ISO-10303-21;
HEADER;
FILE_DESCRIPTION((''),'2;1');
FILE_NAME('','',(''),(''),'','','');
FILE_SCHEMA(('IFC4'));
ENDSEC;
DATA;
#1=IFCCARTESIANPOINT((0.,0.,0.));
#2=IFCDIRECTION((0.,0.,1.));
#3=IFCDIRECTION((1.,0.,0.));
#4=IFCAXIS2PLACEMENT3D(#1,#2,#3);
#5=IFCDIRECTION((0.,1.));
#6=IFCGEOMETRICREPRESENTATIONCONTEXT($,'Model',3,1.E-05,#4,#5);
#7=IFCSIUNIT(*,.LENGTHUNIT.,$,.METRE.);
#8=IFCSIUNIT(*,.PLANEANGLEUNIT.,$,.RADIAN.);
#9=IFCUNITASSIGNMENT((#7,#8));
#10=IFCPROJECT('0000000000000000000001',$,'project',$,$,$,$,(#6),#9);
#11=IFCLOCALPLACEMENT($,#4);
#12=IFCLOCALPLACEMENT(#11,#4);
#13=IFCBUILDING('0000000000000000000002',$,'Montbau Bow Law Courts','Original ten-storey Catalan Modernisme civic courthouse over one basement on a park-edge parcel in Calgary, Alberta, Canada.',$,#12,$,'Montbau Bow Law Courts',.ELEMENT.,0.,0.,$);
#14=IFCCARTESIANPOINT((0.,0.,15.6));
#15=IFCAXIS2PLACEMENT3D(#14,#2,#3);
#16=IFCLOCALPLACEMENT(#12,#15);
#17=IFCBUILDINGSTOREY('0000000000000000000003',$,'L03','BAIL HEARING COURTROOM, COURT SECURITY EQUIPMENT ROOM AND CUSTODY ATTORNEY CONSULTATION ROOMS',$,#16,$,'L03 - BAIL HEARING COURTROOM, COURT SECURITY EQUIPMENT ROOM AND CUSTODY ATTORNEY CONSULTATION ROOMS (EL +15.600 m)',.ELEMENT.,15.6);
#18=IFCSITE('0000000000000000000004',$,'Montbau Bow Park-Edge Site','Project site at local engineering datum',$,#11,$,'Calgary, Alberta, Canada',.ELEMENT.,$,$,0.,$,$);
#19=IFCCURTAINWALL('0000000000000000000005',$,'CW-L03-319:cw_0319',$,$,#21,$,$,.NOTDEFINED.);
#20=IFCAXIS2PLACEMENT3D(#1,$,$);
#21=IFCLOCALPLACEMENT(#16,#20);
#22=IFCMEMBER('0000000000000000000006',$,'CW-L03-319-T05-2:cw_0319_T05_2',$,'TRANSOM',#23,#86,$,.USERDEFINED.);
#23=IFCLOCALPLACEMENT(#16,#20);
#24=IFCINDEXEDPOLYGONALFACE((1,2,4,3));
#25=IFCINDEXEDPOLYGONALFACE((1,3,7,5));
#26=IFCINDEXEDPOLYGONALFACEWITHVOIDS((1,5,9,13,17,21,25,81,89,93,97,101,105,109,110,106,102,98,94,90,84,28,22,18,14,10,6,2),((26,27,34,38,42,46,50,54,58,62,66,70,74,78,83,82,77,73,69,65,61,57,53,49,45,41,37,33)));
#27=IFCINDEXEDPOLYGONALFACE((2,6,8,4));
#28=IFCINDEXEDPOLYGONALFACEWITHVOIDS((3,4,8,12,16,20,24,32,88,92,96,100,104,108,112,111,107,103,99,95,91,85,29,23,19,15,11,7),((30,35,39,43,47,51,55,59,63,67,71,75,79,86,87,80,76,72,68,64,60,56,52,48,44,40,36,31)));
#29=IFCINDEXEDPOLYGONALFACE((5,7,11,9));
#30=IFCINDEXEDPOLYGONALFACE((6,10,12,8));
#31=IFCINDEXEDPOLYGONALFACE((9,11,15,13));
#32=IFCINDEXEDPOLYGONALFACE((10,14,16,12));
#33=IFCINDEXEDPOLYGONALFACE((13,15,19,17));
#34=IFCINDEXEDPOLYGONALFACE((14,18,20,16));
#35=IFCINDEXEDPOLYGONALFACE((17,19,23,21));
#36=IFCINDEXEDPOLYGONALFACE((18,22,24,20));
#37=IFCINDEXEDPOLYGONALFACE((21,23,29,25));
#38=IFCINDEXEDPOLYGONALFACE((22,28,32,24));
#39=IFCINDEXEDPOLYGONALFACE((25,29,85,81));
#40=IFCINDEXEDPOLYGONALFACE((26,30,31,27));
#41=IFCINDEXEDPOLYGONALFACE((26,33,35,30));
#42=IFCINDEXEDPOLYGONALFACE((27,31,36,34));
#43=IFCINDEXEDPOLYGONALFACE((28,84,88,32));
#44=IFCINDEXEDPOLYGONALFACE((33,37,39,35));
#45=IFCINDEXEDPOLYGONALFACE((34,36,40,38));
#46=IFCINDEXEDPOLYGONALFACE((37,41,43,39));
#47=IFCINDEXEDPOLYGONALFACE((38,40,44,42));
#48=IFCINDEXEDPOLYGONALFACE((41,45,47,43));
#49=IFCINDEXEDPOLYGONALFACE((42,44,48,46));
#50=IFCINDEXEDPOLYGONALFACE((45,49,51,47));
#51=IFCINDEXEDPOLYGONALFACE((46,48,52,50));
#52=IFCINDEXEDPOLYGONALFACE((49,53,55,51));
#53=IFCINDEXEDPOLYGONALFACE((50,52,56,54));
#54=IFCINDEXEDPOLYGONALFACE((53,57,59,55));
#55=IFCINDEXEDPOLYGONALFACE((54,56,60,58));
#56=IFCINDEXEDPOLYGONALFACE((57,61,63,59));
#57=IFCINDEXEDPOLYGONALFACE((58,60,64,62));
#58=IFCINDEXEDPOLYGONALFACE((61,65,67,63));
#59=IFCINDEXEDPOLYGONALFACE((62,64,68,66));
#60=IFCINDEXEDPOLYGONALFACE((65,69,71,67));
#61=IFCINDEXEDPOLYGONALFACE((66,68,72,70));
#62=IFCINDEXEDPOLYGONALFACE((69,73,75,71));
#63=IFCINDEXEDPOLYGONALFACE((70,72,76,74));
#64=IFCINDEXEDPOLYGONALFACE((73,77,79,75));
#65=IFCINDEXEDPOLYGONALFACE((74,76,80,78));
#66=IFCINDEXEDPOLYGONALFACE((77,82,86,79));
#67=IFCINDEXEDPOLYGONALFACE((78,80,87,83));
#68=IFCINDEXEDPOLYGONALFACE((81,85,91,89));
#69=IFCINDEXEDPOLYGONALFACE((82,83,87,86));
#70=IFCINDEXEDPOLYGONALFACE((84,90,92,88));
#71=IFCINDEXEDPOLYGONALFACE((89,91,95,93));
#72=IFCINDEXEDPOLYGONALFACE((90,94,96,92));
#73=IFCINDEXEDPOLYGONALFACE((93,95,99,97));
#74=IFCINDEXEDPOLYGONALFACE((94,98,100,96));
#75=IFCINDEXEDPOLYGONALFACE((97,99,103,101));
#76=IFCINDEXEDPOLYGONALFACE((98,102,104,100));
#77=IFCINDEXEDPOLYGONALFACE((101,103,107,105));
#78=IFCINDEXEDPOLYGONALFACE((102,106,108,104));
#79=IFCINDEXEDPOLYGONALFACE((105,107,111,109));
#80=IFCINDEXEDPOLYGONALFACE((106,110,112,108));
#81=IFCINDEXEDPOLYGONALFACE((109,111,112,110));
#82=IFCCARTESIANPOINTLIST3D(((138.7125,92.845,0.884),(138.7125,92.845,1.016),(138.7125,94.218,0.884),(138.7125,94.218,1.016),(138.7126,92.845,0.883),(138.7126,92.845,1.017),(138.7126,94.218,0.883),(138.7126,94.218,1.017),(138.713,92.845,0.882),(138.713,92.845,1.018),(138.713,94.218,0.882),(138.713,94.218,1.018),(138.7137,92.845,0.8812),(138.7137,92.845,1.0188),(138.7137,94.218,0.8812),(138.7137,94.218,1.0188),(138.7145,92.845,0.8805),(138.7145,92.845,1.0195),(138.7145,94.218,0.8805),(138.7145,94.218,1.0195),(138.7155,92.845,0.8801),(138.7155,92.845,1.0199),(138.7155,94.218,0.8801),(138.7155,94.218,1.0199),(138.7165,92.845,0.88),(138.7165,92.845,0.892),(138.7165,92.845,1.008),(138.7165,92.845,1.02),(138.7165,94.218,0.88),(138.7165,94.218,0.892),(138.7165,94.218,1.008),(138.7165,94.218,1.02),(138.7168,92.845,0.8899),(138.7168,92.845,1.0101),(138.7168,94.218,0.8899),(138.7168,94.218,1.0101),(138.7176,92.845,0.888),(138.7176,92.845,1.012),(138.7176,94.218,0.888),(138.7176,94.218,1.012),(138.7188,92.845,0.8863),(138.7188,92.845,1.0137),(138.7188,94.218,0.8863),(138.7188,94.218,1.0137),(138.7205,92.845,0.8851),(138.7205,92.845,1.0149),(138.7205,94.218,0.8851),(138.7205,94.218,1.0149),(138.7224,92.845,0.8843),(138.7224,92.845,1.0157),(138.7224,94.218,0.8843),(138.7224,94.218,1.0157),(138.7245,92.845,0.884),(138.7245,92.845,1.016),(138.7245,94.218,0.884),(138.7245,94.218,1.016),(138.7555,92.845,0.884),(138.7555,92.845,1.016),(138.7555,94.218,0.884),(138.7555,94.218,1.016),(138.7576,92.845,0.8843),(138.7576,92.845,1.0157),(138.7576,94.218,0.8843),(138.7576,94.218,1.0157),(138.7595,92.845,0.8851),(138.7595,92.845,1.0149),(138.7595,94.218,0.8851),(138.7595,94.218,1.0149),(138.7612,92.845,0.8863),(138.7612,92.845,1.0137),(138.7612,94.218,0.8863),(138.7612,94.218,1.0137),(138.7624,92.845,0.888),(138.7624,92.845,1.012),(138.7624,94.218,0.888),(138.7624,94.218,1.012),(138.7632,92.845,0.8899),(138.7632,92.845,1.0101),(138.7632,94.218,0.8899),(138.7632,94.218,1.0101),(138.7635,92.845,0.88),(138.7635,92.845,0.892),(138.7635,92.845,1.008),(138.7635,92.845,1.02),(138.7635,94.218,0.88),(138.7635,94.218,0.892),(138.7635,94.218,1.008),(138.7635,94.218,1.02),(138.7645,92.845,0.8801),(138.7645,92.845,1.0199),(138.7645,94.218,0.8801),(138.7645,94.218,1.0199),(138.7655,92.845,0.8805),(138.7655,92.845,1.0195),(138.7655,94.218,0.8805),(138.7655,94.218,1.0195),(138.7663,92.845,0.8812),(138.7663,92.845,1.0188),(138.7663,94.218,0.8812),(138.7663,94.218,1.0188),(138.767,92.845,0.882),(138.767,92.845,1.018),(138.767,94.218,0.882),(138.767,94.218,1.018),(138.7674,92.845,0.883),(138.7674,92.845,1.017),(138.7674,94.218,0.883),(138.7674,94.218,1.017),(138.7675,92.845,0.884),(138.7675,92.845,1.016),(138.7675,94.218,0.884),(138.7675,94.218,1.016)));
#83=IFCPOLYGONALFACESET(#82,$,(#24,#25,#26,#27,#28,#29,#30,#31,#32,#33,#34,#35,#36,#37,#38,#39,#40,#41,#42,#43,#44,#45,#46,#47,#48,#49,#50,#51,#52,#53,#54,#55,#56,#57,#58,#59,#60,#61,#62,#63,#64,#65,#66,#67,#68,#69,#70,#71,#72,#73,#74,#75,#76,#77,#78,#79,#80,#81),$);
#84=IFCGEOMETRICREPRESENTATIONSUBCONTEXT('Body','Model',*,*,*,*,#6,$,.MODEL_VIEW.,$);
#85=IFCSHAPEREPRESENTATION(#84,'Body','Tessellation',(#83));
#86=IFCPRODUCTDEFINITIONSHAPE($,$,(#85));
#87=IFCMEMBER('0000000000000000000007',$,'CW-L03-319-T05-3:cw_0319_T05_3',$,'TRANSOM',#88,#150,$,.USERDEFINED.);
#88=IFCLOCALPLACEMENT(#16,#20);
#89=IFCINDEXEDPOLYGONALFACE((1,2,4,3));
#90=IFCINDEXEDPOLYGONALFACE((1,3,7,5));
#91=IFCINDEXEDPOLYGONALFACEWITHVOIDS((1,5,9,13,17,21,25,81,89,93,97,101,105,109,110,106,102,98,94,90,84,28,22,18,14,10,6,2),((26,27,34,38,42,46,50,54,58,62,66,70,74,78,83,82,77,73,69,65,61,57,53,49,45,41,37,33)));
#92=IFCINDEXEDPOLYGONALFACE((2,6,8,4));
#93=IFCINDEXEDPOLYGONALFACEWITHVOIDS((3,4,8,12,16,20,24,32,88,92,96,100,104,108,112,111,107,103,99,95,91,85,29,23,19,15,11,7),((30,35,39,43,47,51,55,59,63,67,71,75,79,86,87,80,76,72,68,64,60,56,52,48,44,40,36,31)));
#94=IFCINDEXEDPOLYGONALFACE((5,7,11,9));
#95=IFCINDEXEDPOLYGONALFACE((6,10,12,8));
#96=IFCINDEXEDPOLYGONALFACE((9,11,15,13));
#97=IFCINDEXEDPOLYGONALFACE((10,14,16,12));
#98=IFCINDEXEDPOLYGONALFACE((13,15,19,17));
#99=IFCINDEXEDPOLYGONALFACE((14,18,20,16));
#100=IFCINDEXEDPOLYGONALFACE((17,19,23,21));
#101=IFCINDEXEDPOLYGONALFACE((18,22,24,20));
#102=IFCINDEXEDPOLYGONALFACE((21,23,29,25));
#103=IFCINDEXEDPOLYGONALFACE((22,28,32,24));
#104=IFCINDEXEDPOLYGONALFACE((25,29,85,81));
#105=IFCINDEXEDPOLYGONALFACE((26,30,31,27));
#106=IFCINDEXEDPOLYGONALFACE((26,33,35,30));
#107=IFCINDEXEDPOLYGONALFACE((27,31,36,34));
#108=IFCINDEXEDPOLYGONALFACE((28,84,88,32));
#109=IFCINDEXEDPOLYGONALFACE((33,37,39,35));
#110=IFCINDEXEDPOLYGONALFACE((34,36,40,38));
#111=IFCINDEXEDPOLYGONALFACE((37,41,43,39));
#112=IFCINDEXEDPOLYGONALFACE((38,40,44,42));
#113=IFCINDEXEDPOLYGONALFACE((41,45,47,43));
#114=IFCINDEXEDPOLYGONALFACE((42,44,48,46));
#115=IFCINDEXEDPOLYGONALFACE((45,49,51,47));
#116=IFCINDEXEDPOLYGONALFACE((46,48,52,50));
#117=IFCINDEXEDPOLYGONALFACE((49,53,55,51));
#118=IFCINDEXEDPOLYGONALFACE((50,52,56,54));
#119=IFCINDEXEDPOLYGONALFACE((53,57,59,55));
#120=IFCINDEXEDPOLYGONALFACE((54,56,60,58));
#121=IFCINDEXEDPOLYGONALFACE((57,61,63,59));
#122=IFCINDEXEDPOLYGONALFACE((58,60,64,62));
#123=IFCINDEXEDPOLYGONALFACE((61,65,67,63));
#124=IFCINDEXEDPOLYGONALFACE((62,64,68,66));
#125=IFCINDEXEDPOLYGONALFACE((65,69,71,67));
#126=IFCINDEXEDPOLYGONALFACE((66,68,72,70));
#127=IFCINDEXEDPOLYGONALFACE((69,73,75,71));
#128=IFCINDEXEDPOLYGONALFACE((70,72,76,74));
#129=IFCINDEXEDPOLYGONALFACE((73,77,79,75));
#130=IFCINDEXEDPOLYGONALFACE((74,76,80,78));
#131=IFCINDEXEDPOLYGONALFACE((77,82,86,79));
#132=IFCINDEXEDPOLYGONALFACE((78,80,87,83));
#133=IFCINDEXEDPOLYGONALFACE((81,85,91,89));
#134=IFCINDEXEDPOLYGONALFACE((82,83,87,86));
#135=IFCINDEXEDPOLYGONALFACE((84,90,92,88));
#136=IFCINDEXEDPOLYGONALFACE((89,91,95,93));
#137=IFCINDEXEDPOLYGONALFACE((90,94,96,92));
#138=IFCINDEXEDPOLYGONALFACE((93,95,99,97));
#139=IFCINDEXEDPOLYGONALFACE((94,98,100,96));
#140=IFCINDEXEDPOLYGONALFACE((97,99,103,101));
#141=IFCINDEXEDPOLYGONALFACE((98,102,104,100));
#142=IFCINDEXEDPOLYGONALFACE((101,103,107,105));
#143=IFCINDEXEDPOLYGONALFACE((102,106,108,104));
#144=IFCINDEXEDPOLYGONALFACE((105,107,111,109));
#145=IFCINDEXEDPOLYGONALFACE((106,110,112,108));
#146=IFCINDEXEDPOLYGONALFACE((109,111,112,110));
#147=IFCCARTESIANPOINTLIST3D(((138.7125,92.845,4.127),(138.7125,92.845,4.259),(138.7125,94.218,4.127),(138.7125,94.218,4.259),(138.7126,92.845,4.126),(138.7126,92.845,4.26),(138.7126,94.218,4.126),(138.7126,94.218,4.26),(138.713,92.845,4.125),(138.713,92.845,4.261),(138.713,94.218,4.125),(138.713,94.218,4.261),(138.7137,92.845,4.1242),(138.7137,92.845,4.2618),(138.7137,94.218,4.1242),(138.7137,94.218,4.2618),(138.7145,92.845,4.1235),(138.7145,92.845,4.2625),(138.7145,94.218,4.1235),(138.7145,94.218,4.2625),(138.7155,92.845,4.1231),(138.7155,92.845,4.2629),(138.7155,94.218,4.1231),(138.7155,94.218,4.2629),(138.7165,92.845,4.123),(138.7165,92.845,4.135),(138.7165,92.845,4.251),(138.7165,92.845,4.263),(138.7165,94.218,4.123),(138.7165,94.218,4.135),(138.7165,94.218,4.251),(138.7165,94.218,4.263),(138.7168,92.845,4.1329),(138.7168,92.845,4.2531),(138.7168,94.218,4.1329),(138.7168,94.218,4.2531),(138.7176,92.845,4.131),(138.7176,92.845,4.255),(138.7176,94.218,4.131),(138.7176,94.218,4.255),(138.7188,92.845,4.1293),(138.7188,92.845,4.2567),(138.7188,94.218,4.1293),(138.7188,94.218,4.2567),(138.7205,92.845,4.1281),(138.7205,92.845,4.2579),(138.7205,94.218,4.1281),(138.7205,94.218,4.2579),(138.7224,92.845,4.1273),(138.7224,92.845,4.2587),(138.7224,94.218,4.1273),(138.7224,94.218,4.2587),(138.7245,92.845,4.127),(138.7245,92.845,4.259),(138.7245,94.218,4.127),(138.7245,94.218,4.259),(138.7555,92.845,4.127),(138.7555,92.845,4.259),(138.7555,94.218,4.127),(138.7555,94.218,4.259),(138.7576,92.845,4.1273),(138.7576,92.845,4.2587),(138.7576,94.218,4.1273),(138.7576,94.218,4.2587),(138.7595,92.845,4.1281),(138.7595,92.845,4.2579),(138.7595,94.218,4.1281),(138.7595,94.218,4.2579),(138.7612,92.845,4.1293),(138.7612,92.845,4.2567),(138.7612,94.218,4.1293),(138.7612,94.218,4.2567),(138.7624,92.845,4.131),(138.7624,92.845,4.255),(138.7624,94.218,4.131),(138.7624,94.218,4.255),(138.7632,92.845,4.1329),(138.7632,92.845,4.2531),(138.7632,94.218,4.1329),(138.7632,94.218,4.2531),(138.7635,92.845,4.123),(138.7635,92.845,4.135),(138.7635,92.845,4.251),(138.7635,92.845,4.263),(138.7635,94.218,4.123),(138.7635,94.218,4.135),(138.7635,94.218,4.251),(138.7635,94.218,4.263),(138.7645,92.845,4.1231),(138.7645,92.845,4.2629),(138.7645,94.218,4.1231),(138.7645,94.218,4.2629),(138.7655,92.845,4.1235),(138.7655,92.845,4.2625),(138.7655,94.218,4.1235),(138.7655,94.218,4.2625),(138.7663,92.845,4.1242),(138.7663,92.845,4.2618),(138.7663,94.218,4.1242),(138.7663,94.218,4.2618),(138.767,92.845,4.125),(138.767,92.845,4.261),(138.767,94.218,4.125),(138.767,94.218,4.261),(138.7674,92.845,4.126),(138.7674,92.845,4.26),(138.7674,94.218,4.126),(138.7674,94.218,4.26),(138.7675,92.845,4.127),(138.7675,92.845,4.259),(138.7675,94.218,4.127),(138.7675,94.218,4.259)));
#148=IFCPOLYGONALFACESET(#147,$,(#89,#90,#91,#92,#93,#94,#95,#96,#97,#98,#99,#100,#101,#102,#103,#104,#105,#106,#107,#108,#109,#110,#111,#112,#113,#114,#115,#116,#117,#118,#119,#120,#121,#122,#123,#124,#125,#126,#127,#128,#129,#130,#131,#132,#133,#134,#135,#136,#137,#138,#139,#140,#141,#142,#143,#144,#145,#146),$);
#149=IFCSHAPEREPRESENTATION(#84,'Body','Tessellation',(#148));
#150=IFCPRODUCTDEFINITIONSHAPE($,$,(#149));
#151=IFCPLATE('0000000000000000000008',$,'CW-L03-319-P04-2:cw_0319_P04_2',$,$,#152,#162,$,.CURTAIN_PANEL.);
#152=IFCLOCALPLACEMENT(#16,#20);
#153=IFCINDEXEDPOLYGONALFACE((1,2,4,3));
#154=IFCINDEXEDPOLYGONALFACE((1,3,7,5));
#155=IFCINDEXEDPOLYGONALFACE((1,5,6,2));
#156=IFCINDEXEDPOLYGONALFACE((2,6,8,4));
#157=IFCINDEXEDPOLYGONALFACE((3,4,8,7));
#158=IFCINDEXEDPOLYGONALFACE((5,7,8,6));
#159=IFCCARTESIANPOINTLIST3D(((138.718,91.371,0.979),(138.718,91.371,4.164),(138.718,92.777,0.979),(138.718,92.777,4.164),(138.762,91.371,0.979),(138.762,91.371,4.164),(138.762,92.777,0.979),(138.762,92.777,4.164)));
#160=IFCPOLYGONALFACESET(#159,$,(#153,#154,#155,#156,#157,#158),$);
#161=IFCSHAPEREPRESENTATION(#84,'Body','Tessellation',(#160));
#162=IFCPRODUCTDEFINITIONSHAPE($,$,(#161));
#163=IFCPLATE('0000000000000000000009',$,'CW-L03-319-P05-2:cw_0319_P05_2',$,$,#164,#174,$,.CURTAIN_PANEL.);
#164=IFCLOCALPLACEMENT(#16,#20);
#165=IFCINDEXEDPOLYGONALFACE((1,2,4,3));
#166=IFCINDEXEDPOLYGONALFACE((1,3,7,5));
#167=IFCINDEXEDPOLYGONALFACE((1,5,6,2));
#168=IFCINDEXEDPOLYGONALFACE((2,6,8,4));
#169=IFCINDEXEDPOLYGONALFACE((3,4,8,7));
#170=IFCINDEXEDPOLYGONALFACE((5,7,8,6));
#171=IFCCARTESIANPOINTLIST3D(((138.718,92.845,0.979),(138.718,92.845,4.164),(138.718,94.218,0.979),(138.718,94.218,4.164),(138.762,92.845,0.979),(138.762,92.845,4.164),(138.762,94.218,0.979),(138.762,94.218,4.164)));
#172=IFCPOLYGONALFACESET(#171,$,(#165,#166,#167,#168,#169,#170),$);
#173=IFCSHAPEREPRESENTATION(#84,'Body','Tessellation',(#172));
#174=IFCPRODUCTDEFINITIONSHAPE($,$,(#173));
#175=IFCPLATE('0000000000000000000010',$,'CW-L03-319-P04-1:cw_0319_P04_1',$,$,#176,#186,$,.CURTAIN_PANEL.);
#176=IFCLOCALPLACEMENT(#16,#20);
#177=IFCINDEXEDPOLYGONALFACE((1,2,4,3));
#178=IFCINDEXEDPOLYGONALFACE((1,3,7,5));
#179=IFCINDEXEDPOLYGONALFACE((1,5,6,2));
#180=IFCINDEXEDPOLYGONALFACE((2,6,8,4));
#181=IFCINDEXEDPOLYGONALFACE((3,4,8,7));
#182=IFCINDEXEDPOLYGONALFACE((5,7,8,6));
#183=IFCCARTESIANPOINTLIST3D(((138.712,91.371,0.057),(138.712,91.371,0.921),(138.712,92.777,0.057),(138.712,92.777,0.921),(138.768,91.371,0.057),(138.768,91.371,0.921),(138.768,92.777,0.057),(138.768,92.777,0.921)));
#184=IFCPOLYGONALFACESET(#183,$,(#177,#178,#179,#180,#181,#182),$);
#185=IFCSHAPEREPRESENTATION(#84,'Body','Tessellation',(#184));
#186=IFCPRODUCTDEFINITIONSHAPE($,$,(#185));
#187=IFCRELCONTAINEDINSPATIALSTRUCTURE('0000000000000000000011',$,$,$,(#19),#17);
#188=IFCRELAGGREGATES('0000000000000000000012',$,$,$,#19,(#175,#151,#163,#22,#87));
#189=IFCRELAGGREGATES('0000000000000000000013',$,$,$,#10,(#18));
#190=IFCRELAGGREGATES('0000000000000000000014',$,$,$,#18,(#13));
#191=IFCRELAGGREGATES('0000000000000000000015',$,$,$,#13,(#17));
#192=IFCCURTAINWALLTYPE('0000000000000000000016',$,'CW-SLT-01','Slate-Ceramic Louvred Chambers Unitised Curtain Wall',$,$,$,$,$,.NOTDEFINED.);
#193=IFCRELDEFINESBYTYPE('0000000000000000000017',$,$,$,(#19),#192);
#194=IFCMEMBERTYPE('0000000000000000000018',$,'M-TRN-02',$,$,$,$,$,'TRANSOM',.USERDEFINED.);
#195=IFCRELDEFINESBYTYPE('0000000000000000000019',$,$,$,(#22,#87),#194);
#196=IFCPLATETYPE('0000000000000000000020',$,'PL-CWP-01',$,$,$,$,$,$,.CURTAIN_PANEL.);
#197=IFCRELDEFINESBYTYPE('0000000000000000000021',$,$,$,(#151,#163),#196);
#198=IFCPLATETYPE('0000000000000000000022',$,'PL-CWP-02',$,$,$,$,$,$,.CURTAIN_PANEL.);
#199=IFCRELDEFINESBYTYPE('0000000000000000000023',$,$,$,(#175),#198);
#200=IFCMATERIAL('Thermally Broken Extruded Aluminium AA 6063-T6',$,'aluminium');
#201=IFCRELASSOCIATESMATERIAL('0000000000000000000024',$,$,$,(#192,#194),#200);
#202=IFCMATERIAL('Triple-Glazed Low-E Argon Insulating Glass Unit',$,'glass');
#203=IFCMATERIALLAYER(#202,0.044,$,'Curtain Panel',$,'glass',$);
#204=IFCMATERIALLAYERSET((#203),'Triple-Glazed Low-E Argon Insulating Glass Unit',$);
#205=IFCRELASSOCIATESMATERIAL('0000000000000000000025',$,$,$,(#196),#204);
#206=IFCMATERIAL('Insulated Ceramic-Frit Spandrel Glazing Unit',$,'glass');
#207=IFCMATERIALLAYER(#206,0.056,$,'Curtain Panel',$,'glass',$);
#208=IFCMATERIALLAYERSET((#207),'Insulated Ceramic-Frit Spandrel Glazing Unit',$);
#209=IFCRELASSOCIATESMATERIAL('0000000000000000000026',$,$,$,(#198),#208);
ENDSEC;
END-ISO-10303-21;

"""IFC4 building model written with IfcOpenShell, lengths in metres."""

from ifc_helpers import new_model, si_unit, direction, frame, frame_2d, origin_with_axes, origin_2d_with_axis, place, context, subcontext, project, spatial, rectangle, hollow_rectangle, extrude, material, layer, layer_set, material_profile, profile_set, type_object, element, aggregate, save


model = new_model("IFC4")

# Units and contexts
model_context = context("Model", 3, precision=1e-05, world=origin_with_axes(), true_north=direction((0.0, 1.0)))
body_context = subcontext(model_context, "Body", "Model", "MODEL_VIEW")
ifc_project = project(units=[si_unit("LENGTHUNIT", "METRE"), si_unit("PLANEANGLEUNIT", "RADIAN")], contexts=[model_context])

# Site, building, storey
site_placement = place(None, origin_with_axes())
site = spatial("IfcSite", under=ifc_project, at=site_placement, Name="Montbau Bow Park-Edge Site", Description="Project site at local engineering datum", LongName="Calgary, Alberta, Canada", CompositionType="ELEMENT", RefElevation=0.0)
building_placement = place(site_placement, origin_with_axes())
building = spatial("IfcBuilding", under=site, at=building_placement, Name="Montbau Bow Law Courts", Description="Original ten-storey Catalan Modernisme civic courthouse over one basement on a park-edge parcel in Calgary, Alberta, Canada.", LongName="Montbau Bow Law Courts", CompositionType="ELEMENT", ElevationOfRefHeight=0.0, ElevationOfTerrain=0.0)
storey_placement = place(building_placement, frame((0.0, 0.0, 15.6), z_axis=(0.0, 0.0, 1.0), x_axis=(1.0, 0.0, 0.0)))
storey = spatial("IfcBuildingStorey", under=building, at=storey_placement, Name="L03", Description="BAIL HEARING COURTROOM, COURT SECURITY EQUIPMENT ROOM AND CUSTODY ATTORNEY CONSULTATION ROOMS", LongName="L03 - BAIL HEARING COURTROOM, COURT SECURITY EQUIPMENT ROOM AND CUSTODY ATTORNEY CONSULTATION ROOMS (EL +15.600 m)", CompositionType="ELEMENT", Elevation=15.6)

# Curtain wall, members, plates
ifc_material_1 = material(Name="Thermally Broken Extruded Aluminium AA 6063-T6", Category="aluminium")
curtain_wall_type = type_object("IfcCurtainWallType", Name="CW-SLT-01", Description="Slate-Ceramic Louvred Chambers Unitised Curtain Wall", PredefinedType="NOTDEFINED", material=ifc_material_1)
curtain_wall_placement = place(None, frame((138.74, 86.915, 15.6), z_axis=(0.0, 0.0, 1.0), x_axis=(1.0, 0.0, 0.0)))
curtain_wall = element("IfcCurtainWall", 1, at=curtain_wall_placement, inside=storey, type_object=curtain_wall_type, Name="CW-L03-319:cw_0319", PredefinedType="NOTDEFINED")
ifc_material_profile_1 = material_profile(ifc_material_1, hollow_rectangle(XDim=0.055, YDim=0.14, WallThickness=0.004, InnerFilletRadius=0.008, OuterFilletRadius=0.004, at=origin_2d_with_axis()), Name="CWT-140X55", Category="Main", Priority=0)
ifc_profile_set_1 = profile_set([ifc_material_profile_1], Name="Thermally Broken Extruded Aluminium AA 6063-T6")
member_type_1 = type_object("IfcMemberType", Name="M-TRN-02", ElementType="TRANSOM", PredefinedType="USERDEFINED", material=ifc_profile_set_1)
member_1_placement = place(None, frame((138.74, 92.845, 16.55), z_axis=(0.0, 1.0, 0.0), x_axis=(-1.0, 0.0, 0.0)))
member_1 = element("IfcMember", 2, at=member_1_placement, type_object=member_type_1, Name="CW-L03-319-T05-2:cw_0319_T05_2", ObjectType="TRANSOM", PredefinedType="USERDEFINED", context=body_context, shape_type="SweptSolid", body=[
    extrude(hollow_rectangle(XDim=0.055, YDim=0.14, WallThickness=0.004, InnerFilletRadius=0.008, OuterFilletRadius=0.004, at=origin_2d_with_axis()), origin_with_axes(), (0.0, 0.0, 1.0), 1.373),
])
member_2_placement = place(None, frame((138.74, 92.845, 19.793), z_axis=(0.0, 1.0, 0.0), x_axis=(-1.0, 0.0, 0.0)))
member_2 = element("IfcMember", 3, at=member_2_placement, type_object=member_type_1, Name="CW-L03-319-T05-3:cw_0319_T05_3", ObjectType="TRANSOM", PredefinedType="USERDEFINED", context=body_context, shape_type="SweptSolid", body=[
    extrude(hollow_rectangle(XDim=0.055, YDim=0.14, WallThickness=0.004, InnerFilletRadius=0.008, OuterFilletRadius=0.004, at=origin_2d_with_axis()), origin_with_axes(), (0.0, 0.0, 1.0), 1.373),
])
ifc_material_2 = material(Name="Triple-Glazed Low-E Argon Insulating Glass Unit", Category="glass")
ifc_layer_1 = layer(ifc_material_2, 0.044, Name="Curtain Panel", Category="glass")
ifc_layer_set_1 = layer_set([ifc_layer_1], Name="Triple-Glazed Low-E Argon Insulating Glass Unit")
plate_type_1 = type_object("IfcPlateType", Name="PL-CWP-01", PredefinedType="CURTAIN_PANEL", material=ifc_layer_set_1)
plate_1_placement = place(None, frame((138.74, 91.371, 16.579), z_axis=(1.0, 0.0, 0.0), x_axis=(0.0, 1.0, 0.0)))
plate_1 = element("IfcPlate", 4, at=plate_1_placement, type_object=plate_type_1, Name="CW-L03-319-P04-2:cw_0319_P04_2", PredefinedType="CURTAIN_PANEL", context=body_context, shape_type="SweptSolid", body=[
    extrude(rectangle(XDim=1.406, YDim=3.185, at=frame_2d((0.703, 1.5925), x_axis=(1.0, 0.0))), frame((0.0, 0.0, -0.022), z_axis=(0.0, 0.0, 1.0), x_axis=(1.0, 0.0, 0.0)), (0.0, 0.0, 1.0), 0.044),
])
plate_2_placement = place(None, frame((138.74, 92.845, 16.579), z_axis=(1.0, 0.0, 0.0), x_axis=(0.0, 1.0, 0.0)))
plate_2 = element("IfcPlate", 5, at=plate_2_placement, type_object=plate_type_1, Name="CW-L03-319-P05-2:cw_0319_P05_2", PredefinedType="CURTAIN_PANEL", context=body_context, shape_type="SweptSolid", body=[
    extrude(rectangle(XDim=1.373, YDim=3.185, at=frame_2d((0.6865, 1.5925), x_axis=(1.0, 0.0))), frame((0.0, 0.0, -0.022), z_axis=(0.0, 0.0, 1.0), x_axis=(1.0, 0.0, 0.0)), (0.0, 0.0, 1.0), 0.044),
])
ifc_material_3 = material(Name="Insulated Ceramic-Frit Spandrel Glazing Unit", Category="glass")
ifc_layer_2 = layer(ifc_material_3, 0.056, Name="Curtain Panel", Category="glass")
ifc_layer_set_2 = layer_set([ifc_layer_2], Name="Insulated Ceramic-Frit Spandrel Glazing Unit")
plate_type_2 = type_object("IfcPlateType", Name="PL-CWP-02", PredefinedType="CURTAIN_PANEL", material=ifc_layer_set_2)
plate_3_placement = place(None, frame((138.74, 91.371, 15.657), z_axis=(1.0, 0.0, 0.0), x_axis=(0.0, 1.0, 0.0)))
plate_3 = element("IfcPlate", 6, at=plate_3_placement, type_object=plate_type_2, Name="CW-L03-319-P04-1:cw_0319_P04_1", PredefinedType="CURTAIN_PANEL", context=body_context, shape_type="SweptSolid", body=[
    extrude(rectangle(XDim=1.406, YDim=0.864, at=frame_2d((0.703, 0.432), x_axis=(1.0, 0.0))), frame((0.0, 0.0, -0.028), z_axis=(0.0, 0.0, 1.0), x_axis=(1.0, 0.0, 0.0)), (0.0, 0.0, 1.0), 0.056),
])
aggregate(curtain_wall, [plate_3, plate_1, plate_2, member_1, member_2])

save(model, "model.ifc")
